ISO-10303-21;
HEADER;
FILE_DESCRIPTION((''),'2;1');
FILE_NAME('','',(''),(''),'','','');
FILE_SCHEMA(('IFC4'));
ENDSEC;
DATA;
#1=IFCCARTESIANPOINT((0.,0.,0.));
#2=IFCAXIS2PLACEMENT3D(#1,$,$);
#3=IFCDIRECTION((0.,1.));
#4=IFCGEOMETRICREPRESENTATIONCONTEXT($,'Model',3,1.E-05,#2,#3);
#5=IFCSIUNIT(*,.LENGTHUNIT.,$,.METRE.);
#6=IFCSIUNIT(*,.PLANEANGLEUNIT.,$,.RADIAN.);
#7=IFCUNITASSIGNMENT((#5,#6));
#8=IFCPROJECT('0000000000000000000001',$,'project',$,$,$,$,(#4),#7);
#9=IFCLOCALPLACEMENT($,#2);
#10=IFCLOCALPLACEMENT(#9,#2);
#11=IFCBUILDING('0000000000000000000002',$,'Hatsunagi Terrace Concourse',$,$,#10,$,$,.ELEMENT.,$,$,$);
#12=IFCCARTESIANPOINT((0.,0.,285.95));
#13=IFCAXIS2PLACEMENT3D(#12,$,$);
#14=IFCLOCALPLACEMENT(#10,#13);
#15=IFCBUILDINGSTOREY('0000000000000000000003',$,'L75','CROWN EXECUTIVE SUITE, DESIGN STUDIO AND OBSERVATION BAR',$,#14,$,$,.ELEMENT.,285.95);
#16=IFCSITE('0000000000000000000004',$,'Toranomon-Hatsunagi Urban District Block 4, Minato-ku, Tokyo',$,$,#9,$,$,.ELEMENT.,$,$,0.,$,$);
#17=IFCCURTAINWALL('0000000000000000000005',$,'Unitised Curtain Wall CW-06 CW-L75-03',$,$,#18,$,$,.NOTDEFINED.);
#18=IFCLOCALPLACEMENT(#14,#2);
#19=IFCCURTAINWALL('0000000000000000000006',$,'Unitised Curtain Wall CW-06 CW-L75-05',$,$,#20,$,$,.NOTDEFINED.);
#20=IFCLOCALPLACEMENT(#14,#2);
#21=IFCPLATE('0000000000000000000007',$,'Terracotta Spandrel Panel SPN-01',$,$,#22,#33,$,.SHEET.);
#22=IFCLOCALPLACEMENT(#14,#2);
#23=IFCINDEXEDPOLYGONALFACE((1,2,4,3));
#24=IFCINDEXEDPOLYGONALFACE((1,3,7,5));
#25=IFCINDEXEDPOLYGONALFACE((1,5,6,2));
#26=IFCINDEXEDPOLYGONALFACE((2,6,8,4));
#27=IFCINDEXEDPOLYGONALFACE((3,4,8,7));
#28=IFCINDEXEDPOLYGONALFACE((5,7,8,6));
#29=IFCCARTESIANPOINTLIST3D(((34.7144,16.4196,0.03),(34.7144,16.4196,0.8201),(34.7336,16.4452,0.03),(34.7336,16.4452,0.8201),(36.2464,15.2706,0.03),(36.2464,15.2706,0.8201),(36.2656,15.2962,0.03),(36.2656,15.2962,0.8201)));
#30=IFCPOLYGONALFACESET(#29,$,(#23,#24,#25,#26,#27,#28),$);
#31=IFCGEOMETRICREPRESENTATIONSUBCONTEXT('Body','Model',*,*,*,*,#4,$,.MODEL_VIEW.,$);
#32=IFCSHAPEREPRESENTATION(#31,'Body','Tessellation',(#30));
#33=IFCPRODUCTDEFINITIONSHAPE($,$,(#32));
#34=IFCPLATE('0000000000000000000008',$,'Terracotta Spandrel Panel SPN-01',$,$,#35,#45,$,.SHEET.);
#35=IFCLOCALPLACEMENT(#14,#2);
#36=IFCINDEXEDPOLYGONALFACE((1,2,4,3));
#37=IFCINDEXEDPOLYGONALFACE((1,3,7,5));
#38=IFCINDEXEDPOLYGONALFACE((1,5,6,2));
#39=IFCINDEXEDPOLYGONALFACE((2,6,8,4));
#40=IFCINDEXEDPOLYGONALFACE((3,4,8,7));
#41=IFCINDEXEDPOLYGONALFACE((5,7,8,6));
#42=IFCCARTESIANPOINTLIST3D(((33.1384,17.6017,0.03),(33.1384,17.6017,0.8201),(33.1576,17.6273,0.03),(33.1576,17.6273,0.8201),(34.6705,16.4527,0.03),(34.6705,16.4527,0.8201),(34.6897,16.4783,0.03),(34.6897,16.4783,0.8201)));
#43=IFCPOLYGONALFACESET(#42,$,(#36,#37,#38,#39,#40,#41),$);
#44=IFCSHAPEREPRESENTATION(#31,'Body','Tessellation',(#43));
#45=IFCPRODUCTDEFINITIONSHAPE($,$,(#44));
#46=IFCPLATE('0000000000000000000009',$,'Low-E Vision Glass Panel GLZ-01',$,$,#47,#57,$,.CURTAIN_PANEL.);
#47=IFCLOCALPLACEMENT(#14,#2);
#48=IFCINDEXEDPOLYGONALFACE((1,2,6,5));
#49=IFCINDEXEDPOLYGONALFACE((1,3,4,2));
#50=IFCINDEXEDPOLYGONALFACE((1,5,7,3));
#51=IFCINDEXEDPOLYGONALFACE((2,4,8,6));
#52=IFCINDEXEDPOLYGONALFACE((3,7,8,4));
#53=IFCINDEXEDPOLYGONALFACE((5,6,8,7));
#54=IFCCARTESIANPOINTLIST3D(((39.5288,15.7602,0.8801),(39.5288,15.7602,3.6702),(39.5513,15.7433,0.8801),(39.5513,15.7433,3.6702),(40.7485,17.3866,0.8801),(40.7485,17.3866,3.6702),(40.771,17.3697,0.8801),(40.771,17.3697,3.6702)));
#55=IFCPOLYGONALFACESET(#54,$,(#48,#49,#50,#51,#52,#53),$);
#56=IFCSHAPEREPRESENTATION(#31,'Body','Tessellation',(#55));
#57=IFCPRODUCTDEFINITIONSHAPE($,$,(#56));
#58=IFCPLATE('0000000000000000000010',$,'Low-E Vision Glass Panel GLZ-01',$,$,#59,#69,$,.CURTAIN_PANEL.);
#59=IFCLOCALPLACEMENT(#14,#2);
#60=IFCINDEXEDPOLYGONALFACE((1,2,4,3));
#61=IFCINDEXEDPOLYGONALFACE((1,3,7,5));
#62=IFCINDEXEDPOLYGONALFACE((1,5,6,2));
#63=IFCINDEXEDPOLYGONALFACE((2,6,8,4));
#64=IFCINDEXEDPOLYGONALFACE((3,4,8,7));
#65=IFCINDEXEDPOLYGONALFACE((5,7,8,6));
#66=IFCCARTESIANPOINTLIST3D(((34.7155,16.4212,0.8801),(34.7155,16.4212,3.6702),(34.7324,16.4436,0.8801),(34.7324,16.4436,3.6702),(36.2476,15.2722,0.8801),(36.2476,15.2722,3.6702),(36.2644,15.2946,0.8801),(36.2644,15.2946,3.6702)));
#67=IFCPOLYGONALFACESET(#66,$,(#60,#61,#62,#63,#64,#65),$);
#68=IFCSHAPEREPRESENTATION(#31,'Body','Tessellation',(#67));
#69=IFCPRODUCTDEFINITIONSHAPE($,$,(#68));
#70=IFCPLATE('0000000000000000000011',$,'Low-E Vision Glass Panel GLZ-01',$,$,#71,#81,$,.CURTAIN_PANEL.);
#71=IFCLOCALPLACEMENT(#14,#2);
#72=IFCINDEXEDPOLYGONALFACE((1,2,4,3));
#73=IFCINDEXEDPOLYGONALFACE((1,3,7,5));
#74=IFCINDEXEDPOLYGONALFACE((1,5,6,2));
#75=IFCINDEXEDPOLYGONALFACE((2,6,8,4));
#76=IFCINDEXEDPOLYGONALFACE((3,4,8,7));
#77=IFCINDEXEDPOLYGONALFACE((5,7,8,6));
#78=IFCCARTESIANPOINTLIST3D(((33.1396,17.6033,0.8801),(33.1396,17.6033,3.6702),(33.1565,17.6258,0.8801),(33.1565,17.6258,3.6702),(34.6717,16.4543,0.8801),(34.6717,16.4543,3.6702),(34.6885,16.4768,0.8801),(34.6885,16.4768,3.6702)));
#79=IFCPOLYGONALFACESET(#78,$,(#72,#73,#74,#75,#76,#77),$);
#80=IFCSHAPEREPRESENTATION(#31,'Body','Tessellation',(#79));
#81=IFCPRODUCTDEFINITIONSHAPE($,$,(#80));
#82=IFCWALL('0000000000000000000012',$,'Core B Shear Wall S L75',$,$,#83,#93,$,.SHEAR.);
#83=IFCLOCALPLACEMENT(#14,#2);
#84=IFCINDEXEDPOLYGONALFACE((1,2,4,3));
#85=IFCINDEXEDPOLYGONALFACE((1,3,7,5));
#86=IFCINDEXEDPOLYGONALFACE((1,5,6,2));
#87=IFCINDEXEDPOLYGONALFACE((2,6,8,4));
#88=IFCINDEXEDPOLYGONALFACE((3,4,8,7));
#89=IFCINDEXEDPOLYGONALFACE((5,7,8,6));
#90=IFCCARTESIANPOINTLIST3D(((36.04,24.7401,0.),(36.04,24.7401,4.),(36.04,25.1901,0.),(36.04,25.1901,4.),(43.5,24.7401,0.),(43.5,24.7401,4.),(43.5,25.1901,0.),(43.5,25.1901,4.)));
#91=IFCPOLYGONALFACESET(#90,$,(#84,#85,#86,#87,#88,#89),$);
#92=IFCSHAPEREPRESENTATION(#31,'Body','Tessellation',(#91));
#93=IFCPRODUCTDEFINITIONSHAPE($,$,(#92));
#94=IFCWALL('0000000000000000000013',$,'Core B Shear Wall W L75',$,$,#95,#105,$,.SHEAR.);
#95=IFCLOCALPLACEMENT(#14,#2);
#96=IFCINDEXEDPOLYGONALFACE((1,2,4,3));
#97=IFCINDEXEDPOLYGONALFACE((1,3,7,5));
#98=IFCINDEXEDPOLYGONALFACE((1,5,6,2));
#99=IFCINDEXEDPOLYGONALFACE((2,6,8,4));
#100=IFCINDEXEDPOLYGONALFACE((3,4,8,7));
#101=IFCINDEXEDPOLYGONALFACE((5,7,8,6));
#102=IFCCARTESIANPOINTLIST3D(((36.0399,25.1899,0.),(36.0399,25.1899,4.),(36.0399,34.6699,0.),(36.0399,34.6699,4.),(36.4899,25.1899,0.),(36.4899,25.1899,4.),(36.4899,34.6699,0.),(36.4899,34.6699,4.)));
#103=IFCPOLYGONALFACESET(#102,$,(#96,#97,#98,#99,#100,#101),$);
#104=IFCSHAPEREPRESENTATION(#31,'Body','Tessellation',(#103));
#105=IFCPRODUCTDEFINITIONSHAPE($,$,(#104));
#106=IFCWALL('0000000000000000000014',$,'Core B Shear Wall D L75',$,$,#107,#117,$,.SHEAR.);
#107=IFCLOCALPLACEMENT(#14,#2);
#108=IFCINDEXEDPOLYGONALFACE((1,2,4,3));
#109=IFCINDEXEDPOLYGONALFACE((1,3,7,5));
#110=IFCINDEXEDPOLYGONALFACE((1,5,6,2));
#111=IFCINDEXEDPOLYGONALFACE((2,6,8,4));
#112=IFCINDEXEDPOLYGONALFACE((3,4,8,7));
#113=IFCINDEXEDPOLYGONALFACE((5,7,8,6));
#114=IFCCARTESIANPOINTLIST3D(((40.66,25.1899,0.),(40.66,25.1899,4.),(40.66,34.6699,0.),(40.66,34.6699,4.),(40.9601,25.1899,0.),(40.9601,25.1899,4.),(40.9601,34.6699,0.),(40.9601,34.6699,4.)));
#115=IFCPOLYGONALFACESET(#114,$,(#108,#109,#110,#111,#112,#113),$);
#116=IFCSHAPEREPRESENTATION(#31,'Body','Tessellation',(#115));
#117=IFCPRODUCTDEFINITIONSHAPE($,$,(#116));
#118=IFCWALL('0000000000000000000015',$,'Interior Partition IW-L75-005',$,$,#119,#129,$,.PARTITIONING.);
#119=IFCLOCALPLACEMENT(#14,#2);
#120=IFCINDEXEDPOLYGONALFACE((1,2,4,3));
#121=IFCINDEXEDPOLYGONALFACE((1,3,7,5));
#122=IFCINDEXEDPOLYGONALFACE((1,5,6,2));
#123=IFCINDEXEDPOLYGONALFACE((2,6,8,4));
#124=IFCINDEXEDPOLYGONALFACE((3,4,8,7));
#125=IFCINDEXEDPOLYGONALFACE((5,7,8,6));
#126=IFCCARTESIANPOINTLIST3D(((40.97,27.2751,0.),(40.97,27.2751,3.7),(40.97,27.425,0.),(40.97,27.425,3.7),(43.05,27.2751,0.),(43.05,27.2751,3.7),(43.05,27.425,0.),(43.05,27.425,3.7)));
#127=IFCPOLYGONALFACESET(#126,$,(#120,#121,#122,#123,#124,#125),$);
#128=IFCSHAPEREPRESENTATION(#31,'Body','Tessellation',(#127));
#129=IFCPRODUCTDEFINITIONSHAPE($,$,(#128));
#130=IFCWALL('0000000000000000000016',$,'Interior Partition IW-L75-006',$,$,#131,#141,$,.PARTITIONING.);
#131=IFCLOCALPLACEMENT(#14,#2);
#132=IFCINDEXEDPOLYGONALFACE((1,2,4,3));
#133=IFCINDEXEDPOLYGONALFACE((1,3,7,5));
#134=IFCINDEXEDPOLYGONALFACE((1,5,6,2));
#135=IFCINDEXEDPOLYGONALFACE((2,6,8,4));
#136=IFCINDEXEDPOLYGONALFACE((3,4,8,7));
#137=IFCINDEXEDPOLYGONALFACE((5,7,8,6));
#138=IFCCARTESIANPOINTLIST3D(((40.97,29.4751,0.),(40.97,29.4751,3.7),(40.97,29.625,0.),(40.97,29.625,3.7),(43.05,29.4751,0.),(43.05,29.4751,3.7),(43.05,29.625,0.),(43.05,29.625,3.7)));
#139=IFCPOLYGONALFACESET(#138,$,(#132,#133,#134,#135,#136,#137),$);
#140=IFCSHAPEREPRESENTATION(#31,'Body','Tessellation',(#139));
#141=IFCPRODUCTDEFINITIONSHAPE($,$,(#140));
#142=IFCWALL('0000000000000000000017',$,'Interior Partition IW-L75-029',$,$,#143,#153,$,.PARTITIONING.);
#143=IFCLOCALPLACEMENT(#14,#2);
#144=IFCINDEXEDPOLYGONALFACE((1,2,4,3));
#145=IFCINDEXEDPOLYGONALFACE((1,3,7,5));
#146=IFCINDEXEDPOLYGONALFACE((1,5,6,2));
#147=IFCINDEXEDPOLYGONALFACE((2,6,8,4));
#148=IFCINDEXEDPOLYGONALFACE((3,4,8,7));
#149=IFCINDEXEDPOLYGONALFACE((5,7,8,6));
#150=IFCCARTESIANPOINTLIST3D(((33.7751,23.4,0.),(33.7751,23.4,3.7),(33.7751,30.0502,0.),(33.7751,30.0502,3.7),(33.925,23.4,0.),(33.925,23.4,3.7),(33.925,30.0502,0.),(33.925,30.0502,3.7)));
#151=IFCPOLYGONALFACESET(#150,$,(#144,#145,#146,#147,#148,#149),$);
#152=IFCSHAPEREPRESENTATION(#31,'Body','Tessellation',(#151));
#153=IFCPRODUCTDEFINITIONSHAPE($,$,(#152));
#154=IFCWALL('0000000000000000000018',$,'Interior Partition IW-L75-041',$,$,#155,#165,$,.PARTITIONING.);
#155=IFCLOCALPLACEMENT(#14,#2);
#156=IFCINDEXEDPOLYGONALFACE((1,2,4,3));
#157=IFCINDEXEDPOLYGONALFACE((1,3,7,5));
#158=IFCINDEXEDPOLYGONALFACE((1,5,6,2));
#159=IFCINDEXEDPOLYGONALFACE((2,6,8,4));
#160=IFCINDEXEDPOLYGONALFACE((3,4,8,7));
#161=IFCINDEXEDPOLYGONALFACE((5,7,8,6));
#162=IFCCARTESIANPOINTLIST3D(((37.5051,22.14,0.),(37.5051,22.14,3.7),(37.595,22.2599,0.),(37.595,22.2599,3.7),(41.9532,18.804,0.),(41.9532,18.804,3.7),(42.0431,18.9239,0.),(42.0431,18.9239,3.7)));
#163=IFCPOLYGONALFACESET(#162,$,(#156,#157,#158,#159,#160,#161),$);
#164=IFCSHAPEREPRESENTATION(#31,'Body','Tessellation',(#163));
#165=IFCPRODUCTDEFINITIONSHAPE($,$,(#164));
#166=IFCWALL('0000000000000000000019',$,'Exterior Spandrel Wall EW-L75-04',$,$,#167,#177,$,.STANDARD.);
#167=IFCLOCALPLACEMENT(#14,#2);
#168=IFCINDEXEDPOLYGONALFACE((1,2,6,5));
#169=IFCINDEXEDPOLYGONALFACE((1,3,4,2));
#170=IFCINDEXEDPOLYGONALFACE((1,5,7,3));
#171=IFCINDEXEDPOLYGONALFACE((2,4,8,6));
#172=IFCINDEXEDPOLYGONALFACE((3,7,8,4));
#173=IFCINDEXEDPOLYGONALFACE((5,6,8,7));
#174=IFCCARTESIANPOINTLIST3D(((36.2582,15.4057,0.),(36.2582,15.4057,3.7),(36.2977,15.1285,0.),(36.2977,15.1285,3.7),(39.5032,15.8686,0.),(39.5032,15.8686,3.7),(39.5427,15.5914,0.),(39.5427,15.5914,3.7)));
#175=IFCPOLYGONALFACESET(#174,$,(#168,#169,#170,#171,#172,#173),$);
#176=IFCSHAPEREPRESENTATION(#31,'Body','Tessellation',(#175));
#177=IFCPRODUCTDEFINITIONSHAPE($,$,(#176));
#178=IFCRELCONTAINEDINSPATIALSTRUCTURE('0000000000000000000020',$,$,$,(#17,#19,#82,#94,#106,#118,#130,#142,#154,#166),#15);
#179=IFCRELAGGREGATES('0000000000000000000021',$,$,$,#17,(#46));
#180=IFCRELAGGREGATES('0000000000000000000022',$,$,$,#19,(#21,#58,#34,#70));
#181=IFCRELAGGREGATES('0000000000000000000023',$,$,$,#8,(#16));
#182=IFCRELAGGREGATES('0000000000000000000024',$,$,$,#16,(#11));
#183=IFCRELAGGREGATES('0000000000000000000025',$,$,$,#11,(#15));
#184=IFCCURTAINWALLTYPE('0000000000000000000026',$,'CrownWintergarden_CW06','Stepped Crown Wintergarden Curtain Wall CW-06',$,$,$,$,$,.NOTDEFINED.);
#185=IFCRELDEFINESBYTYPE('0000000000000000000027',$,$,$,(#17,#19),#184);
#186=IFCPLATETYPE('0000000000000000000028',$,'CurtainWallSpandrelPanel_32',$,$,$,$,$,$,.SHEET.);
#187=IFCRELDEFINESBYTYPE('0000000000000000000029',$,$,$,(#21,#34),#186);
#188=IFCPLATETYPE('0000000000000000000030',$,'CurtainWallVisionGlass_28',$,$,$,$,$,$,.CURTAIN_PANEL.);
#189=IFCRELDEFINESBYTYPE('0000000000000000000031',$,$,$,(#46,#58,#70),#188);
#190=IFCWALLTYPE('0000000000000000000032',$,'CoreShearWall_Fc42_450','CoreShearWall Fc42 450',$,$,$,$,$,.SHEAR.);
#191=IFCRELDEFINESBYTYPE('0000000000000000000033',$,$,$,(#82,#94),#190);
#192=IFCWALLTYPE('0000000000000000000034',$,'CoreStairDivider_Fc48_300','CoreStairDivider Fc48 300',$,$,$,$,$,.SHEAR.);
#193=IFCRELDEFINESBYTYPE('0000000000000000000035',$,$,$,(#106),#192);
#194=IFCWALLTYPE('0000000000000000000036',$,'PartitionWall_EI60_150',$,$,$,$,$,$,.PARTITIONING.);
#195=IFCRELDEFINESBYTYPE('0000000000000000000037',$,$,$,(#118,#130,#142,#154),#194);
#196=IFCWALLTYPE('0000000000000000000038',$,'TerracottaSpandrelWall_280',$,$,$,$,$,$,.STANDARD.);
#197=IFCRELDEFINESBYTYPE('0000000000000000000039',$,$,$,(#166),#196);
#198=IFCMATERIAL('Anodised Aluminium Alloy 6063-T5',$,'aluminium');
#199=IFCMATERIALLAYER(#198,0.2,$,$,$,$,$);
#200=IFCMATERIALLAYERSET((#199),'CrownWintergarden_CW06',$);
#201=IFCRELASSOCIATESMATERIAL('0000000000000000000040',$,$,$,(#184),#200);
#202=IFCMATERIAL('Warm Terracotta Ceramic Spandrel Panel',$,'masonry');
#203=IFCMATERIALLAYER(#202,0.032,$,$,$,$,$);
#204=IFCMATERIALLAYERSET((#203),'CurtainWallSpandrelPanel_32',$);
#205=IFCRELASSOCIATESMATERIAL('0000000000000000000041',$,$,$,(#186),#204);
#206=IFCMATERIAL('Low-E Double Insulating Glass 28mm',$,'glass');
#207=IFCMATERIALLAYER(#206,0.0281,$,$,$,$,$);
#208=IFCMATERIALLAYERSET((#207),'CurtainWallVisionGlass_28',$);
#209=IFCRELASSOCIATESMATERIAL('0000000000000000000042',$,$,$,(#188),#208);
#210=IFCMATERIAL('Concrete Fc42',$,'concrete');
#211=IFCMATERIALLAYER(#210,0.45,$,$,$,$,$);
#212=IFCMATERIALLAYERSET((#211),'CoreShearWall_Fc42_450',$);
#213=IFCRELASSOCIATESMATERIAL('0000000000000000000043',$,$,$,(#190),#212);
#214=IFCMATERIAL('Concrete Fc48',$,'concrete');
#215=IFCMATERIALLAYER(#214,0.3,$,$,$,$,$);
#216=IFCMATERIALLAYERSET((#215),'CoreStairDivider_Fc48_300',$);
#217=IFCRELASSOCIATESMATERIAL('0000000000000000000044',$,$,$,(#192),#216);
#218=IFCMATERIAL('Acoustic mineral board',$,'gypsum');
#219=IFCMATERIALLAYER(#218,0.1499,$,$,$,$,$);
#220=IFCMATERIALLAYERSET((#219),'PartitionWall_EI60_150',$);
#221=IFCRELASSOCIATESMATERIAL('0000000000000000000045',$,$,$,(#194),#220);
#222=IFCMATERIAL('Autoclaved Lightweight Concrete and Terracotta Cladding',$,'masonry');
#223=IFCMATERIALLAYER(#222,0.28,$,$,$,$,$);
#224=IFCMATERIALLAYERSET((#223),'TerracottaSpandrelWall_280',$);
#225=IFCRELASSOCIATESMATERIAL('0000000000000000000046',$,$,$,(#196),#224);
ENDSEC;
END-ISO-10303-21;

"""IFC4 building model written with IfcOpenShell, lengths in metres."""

from ifc_helpers import new_model, si_unit, direction, frame, frame_2d, origin, origin_2d, place, context, subcontext, project, spatial, rectangle, extrude, material, layer, layer_set, type_object, element, aggregate, save


model = new_model("IFC4")

# Units and contexts
model_context = context("Model", 3, precision=1e-05, world=origin(), true_north=direction((0.0, 1.0)))
body_context = subcontext(model_context, "Body", "Model", "MODEL_VIEW")
ifc_project = project(units=[si_unit("LENGTHUNIT", "METRE"), si_unit("PLANEANGLEUNIT", "RADIAN")], contexts=[model_context])

# Site, building, storey
site_placement = place(None, origin())
site = spatial("IfcSite", under=ifc_project, at=site_placement, Name="Toranomon-Hatsunagi Urban District Block 4, Minato-ku, Tokyo", CompositionType="ELEMENT", RefElevation=0.0)
building_placement = place(site_placement, origin())
building = spatial("IfcBuilding", under=site, at=building_placement, Name="Hatsunagi Terrace Concourse", CompositionType="ELEMENT")
storey_placement = place(building_placement, frame((0.0, 0.0, 285.95)))
storey = spatial("IfcBuildingStorey", under=building, at=storey_placement, Name="L75", Description="CROWN EXECUTIVE SUITE, DESIGN STUDIO AND OBSERVATION BAR", CompositionType="ELEMENT", Elevation=285.95)

# Curtain walls
ifc_material_1 = material(Name="Anodised Aluminium Alloy 6063-T5", Category="aluminium")
ifc_layer_1 = layer(ifc_material_1, 0.2)
ifc_layer_set_1 = layer_set([ifc_layer_1], Name="CrownWintergarden_CW06")
curtain_wall_type = type_object("IfcCurtainWallType", Name="CrownWintergarden_CW06", Description="Stepped Crown Wintergarden Curtain Wall CW-06", PredefinedType="NOTDEFINED", material=ifc_layer_set_1)
curtain_wall_1_placement = place(storey_placement, origin())
curtain_wall_1 = element("IfcCurtainWall", 1, at=curtain_wall_1_placement, inside=storey, type_object=curtain_wall_type, Name="Unitised Curtain Wall CW-06 CW-L75-03", PredefinedType="NOTDEFINED")
curtain_wall_2_placement = place(storey_placement, origin())
curtain_wall_2 = element("IfcCurtainWall", 2, at=curtain_wall_2_placement, inside=storey, type_object=curtain_wall_type, Name="Unitised Curtain Wall CW-06 CW-L75-05", PredefinedType="NOTDEFINED")

# Plates
ifc_material_2 = material(Name="Warm Terracotta Ceramic Spandrel Panel", Category="masonry")
ifc_layer_2 = layer(ifc_material_2, 0.032)
ifc_layer_set_2 = layer_set([ifc_layer_2], Name="CurtainWallSpandrelPanel_32")
plate_type_1 = type_object("IfcPlateType", Name="CurtainWallSpandrelPanel_32", PredefinedType="SHEET", material=ifc_layer_set_2)
plate_1_placement = place(storey_placement, frame((35.49, 15.8579, 0.03), z_axis=(0.0, 0.0, 1.0), x_axis=(-0.800008, 0.599989, 0.0)))
plate_1 = element("IfcPlate", 3, at=plate_1_placement, type_object=plate_type_1, Name="Terracotta Spandrel Panel SPN-01", PredefinedType="SHEET", context=body_context, shape_type="SweptSolid", body=[
    extrude(rectangle(XDim=1.915, YDim=0.032, at=origin_2d()), origin(), (0.0, 0.0, 1.0), 0.79),
])
plate_2_placement = place(storey_placement, frame((33.9141, 17.04, 0.03), z_axis=(0.0, 0.0, 1.0), x_axis=(-0.800008, 0.599989, 0.0)))
plate_2 = element("IfcPlate", 4, at=plate_2_placement, type_object=plate_type_1, Name="Terracotta Spandrel Panel SPN-01", PredefinedType="SHEET", context=body_context, shape_type="SweptSolid", body=[
    extrude(rectangle(XDim=1.915, YDim=0.032, at=origin_2d()), origin(), (0.0, 0.0, 1.0), 0.79),
])
ifc_material_3 = material(Name="Low-E Double Insulating Glass 28mm", Category="glass")
ifc_layer_3 = layer(ifc_material_3, 0.0281)
ifc_layer_set_3 = layer_set([ifc_layer_3], Name="CurtainWallVisionGlass_28")
plate_type_2 = type_object("IfcPlateType", Name="CurtainWallVisionGlass_28", PredefinedType="CURTAIN_PANEL", material=ifc_layer_set_3)
plate_3_placement = place(storey_placement, frame((40.1499, 16.5649, 0.8801), z_axis=(0.0, 0.0, 1.0), x_axis=(-0.599969, -0.800023, 0.0)))
plate_3 = element("IfcPlate", 5, at=plate_3_placement, type_object=plate_type_2, Name="Low-E Vision Glass Panel GLZ-01", PredefinedType="CURTAIN_PANEL", context=body_context, shape_type="SweptSolid", body=[
    extrude(rectangle(XDim=2.033, YDim=0.0281, at=origin_2d()), origin(), (0.0, 0.0, 1.0), 2.79),
])
aggregate(curtain_wall_1, [plate_3])
plate_4_placement = place(storey_placement, frame((35.49, 15.8579, 0.8801), z_axis=(0.0, 0.0, 1.0), x_axis=(-0.800008, 0.599989, 0.0)))
plate_4 = element("IfcPlate", 6, at=plate_4_placement, type_object=plate_type_2, Name="Low-E Vision Glass Panel GLZ-01", PredefinedType="CURTAIN_PANEL", context=body_context, shape_type="SweptSolid", body=[
    extrude(rectangle(XDim=1.915, YDim=0.0281, at=origin_2d()), origin(), (0.0, 0.0, 1.0), 2.79),
])
plate_5_placement = place(storey_placement, frame((33.9141, 17.04, 0.8801), z_axis=(0.0, 0.0, 1.0), x_axis=(-0.800008, 0.599989, 0.0)))
plate_5 = element("IfcPlate", 7, at=plate_5_placement, type_object=plate_type_2, Name="Low-E Vision Glass Panel GLZ-01", PredefinedType="CURTAIN_PANEL", context=body_context, shape_type="SweptSolid", body=[
    extrude(rectangle(XDim=1.915, YDim=0.0281, at=origin_2d()), origin(), (0.0, 0.0, 1.0), 2.79),
])
aggregate(curtain_wall_2, [plate_1, plate_4, plate_2, plate_5])

# Walls
ifc_material_4 = material(Name="Concrete Fc42", Category="concrete")
ifc_layer_4 = layer(ifc_material_4, 0.45)
ifc_layer_set_4 = layer_set([ifc_layer_4], Name="CoreShearWall_Fc42_450")
wall_type_1 = type_object("IfcWallType", Name="CoreShearWall_Fc42_450", Description="CoreShearWall Fc42 450", PredefinedType="SHEAR", material=ifc_layer_set_4)
wall_1_placement = place(storey_placement, frame((36.04, 24.9651, 0.0), z_axis=(0.0, 0.0, 1.0), x_axis=(1.0, 0.0, 0.0)))
element("IfcWall", 8, at=wall_1_placement, inside=storey, type_object=wall_type_1, Name="Core B Shear Wall S L75", PredefinedType="SHEAR", context=body_context, shape_type="SweptSolid", body=[
    extrude(rectangle(XDim=7.46, YDim=0.45, at=frame_2d((3.73, 0.0))), origin(), (0.0, 0.0, 1.0), 4.0),
])
wall_2_placement = place(storey_placement, frame((36.2649, 25.1899, 0.0), z_axis=(0.0, 0.0, 1.0), x_axis=(0.0, 1.0, 0.0)))
element("IfcWall", 9, at=wall_2_placement, inside=storey, type_object=wall_type_1, Name="Core B Shear Wall W L75", PredefinedType="SHEAR", context=body_context, shape_type="SweptSolid", body=[
    extrude(rectangle(XDim=9.48, YDim=0.45, at=frame_2d((4.74, 0.0))), origin(), (0.0, 0.0, 1.0), 4.0),
])
ifc_material_5 = material(Name="Concrete Fc48", Category="concrete")
ifc_layer_5 = layer(ifc_material_5, 0.3)
ifc_layer_set_5 = layer_set([ifc_layer_5], Name="CoreStairDivider_Fc48_300")
wall_type_2 = type_object("IfcWallType", Name="CoreStairDivider_Fc48_300", Description="CoreStairDivider Fc48 300", PredefinedType="SHEAR", material=ifc_layer_set_5)
wall_3_placement = place(storey_placement, frame((40.8101, 25.1899, 0.0), z_axis=(0.0, 0.0, 1.0), x_axis=(0.0, 1.0, 0.0)))
element("IfcWall", 10, at=wall_3_placement, inside=storey, type_object=wall_type_2, Name="Core B Shear Wall D L75", PredefinedType="SHEAR", context=body_context, shape_type="SweptSolid", body=[
    extrude(rectangle(XDim=9.48, YDim=0.3, at=frame_2d((4.74, 0.0))), origin(), (0.0, 0.0, 1.0), 4.0),
])
ifc_material_6 = material(Name="Acoustic mineral board", Category="gypsum")
ifc_layer_6 = layer(ifc_material_6, 0.1499)
ifc_layer_set_6 = layer_set([ifc_layer_6], Name="PartitionWall_EI60_150")
wall_type_3 = type_object("IfcWallType", Name="PartitionWall_EI60_150", PredefinedType="PARTITIONING", material=ifc_layer_set_6)
for number, where, z_axis, x_axis, name in (
    (11, (40.97, 27.3501, 0.0), (0.0, 0.0, 1.0), (1.0, 0.0, 0.0), "Interior Partition IW-L75-005"),
    (12, (40.97, 29.55, 0.0), (0.0, 0.0, 1.0), (1.0, 0.0, 0.0), "Interior Partition IW-L75-006"),
):
    element("IfcWall", number, at=place(storey_placement, frame(where, z_axis=z_axis, x_axis=x_axis)), inside=storey, type_object=wall_type_3, Name=name, PredefinedType="PARTITIONING", context=body_context, shape_type="SweptSolid", body=[
        extrude(rectangle(XDim=2.0801, YDim=0.1499, at=frame_2d((1.04, 0.0))), origin(), (0.0, 0.0, 1.0), 3.7),
    ])
wall_4_placement = place(storey_placement, frame((33.8501, 23.3999, 0.0), z_axis=(0.0, 0.0, 1.0), x_axis=(0.0, 1.0, 0.0)))
element("IfcWall", 13, at=wall_4_placement, inside=storey, type_object=wall_type_3, Name="Interior Partition IW-L75-029", PredefinedType="PARTITIONING", context=body_context, shape_type="SweptSolid", body=[
    extrude(rectangle(XDim=6.6501, YDim=0.1499, at=frame_2d((3.3252, 0.0))), origin(), (0.0, 0.0, 1.0), 3.7),
])
wall_5_placement = place(storey_placement, frame((37.55, 22.2, 0.0), z_axis=(0.0, 0.0, 1.0), x_axis=(0.800005, -0.599993, 0.0)))
element("IfcWall", 14, at=wall_5_placement, inside=storey, type_object=wall_type_3, Name="Interior Partition IW-L75-041", PredefinedType="PARTITIONING", context=body_context, shape_type="SweptSolid", body=[
    extrude(rectangle(XDim=5.5601, YDim=0.1499, at=frame_2d((2.78, 0.0))), origin(), (0.0, 0.0, 1.0), 3.7),
])
ifc_material_7 = material(Name="Autoclaved Lightweight Concrete and Terracotta Cladding", Category="masonry")
ifc_layer_7 = layer(ifc_material_7, 0.28)
ifc_layer_set_7 = layer_set([ifc_layer_7], Name="TerracottaSpandrelWall_280")
wall_type_4 = type_object("IfcWallType", Name="TerracottaSpandrelWall_280", PredefinedType="STANDARD", material=ifc_layer_set_7)
wall_6_placement = place(storey_placement, frame((39.5229, 15.73, 0.0), z_axis=(0.0, 0.0, 1.0), x_axis=(-0.989978, -0.141223, 0.0)))
element("IfcWall", 15, at=wall_6_placement, inside=storey, type_object=wall_type_4, Name="Exterior Spandrel Wall EW-L75-04", PredefinedType="STANDARD", context=body_context, shape_type="SweptSolid", body=[
    extrude(rectangle(XDim=3.2778, YDim=0.28, at=frame_2d((1.6389, 0.0))), origin(), (0.0, 0.0, 1.0), 3.7),
])

save(model, "model.ifc")
